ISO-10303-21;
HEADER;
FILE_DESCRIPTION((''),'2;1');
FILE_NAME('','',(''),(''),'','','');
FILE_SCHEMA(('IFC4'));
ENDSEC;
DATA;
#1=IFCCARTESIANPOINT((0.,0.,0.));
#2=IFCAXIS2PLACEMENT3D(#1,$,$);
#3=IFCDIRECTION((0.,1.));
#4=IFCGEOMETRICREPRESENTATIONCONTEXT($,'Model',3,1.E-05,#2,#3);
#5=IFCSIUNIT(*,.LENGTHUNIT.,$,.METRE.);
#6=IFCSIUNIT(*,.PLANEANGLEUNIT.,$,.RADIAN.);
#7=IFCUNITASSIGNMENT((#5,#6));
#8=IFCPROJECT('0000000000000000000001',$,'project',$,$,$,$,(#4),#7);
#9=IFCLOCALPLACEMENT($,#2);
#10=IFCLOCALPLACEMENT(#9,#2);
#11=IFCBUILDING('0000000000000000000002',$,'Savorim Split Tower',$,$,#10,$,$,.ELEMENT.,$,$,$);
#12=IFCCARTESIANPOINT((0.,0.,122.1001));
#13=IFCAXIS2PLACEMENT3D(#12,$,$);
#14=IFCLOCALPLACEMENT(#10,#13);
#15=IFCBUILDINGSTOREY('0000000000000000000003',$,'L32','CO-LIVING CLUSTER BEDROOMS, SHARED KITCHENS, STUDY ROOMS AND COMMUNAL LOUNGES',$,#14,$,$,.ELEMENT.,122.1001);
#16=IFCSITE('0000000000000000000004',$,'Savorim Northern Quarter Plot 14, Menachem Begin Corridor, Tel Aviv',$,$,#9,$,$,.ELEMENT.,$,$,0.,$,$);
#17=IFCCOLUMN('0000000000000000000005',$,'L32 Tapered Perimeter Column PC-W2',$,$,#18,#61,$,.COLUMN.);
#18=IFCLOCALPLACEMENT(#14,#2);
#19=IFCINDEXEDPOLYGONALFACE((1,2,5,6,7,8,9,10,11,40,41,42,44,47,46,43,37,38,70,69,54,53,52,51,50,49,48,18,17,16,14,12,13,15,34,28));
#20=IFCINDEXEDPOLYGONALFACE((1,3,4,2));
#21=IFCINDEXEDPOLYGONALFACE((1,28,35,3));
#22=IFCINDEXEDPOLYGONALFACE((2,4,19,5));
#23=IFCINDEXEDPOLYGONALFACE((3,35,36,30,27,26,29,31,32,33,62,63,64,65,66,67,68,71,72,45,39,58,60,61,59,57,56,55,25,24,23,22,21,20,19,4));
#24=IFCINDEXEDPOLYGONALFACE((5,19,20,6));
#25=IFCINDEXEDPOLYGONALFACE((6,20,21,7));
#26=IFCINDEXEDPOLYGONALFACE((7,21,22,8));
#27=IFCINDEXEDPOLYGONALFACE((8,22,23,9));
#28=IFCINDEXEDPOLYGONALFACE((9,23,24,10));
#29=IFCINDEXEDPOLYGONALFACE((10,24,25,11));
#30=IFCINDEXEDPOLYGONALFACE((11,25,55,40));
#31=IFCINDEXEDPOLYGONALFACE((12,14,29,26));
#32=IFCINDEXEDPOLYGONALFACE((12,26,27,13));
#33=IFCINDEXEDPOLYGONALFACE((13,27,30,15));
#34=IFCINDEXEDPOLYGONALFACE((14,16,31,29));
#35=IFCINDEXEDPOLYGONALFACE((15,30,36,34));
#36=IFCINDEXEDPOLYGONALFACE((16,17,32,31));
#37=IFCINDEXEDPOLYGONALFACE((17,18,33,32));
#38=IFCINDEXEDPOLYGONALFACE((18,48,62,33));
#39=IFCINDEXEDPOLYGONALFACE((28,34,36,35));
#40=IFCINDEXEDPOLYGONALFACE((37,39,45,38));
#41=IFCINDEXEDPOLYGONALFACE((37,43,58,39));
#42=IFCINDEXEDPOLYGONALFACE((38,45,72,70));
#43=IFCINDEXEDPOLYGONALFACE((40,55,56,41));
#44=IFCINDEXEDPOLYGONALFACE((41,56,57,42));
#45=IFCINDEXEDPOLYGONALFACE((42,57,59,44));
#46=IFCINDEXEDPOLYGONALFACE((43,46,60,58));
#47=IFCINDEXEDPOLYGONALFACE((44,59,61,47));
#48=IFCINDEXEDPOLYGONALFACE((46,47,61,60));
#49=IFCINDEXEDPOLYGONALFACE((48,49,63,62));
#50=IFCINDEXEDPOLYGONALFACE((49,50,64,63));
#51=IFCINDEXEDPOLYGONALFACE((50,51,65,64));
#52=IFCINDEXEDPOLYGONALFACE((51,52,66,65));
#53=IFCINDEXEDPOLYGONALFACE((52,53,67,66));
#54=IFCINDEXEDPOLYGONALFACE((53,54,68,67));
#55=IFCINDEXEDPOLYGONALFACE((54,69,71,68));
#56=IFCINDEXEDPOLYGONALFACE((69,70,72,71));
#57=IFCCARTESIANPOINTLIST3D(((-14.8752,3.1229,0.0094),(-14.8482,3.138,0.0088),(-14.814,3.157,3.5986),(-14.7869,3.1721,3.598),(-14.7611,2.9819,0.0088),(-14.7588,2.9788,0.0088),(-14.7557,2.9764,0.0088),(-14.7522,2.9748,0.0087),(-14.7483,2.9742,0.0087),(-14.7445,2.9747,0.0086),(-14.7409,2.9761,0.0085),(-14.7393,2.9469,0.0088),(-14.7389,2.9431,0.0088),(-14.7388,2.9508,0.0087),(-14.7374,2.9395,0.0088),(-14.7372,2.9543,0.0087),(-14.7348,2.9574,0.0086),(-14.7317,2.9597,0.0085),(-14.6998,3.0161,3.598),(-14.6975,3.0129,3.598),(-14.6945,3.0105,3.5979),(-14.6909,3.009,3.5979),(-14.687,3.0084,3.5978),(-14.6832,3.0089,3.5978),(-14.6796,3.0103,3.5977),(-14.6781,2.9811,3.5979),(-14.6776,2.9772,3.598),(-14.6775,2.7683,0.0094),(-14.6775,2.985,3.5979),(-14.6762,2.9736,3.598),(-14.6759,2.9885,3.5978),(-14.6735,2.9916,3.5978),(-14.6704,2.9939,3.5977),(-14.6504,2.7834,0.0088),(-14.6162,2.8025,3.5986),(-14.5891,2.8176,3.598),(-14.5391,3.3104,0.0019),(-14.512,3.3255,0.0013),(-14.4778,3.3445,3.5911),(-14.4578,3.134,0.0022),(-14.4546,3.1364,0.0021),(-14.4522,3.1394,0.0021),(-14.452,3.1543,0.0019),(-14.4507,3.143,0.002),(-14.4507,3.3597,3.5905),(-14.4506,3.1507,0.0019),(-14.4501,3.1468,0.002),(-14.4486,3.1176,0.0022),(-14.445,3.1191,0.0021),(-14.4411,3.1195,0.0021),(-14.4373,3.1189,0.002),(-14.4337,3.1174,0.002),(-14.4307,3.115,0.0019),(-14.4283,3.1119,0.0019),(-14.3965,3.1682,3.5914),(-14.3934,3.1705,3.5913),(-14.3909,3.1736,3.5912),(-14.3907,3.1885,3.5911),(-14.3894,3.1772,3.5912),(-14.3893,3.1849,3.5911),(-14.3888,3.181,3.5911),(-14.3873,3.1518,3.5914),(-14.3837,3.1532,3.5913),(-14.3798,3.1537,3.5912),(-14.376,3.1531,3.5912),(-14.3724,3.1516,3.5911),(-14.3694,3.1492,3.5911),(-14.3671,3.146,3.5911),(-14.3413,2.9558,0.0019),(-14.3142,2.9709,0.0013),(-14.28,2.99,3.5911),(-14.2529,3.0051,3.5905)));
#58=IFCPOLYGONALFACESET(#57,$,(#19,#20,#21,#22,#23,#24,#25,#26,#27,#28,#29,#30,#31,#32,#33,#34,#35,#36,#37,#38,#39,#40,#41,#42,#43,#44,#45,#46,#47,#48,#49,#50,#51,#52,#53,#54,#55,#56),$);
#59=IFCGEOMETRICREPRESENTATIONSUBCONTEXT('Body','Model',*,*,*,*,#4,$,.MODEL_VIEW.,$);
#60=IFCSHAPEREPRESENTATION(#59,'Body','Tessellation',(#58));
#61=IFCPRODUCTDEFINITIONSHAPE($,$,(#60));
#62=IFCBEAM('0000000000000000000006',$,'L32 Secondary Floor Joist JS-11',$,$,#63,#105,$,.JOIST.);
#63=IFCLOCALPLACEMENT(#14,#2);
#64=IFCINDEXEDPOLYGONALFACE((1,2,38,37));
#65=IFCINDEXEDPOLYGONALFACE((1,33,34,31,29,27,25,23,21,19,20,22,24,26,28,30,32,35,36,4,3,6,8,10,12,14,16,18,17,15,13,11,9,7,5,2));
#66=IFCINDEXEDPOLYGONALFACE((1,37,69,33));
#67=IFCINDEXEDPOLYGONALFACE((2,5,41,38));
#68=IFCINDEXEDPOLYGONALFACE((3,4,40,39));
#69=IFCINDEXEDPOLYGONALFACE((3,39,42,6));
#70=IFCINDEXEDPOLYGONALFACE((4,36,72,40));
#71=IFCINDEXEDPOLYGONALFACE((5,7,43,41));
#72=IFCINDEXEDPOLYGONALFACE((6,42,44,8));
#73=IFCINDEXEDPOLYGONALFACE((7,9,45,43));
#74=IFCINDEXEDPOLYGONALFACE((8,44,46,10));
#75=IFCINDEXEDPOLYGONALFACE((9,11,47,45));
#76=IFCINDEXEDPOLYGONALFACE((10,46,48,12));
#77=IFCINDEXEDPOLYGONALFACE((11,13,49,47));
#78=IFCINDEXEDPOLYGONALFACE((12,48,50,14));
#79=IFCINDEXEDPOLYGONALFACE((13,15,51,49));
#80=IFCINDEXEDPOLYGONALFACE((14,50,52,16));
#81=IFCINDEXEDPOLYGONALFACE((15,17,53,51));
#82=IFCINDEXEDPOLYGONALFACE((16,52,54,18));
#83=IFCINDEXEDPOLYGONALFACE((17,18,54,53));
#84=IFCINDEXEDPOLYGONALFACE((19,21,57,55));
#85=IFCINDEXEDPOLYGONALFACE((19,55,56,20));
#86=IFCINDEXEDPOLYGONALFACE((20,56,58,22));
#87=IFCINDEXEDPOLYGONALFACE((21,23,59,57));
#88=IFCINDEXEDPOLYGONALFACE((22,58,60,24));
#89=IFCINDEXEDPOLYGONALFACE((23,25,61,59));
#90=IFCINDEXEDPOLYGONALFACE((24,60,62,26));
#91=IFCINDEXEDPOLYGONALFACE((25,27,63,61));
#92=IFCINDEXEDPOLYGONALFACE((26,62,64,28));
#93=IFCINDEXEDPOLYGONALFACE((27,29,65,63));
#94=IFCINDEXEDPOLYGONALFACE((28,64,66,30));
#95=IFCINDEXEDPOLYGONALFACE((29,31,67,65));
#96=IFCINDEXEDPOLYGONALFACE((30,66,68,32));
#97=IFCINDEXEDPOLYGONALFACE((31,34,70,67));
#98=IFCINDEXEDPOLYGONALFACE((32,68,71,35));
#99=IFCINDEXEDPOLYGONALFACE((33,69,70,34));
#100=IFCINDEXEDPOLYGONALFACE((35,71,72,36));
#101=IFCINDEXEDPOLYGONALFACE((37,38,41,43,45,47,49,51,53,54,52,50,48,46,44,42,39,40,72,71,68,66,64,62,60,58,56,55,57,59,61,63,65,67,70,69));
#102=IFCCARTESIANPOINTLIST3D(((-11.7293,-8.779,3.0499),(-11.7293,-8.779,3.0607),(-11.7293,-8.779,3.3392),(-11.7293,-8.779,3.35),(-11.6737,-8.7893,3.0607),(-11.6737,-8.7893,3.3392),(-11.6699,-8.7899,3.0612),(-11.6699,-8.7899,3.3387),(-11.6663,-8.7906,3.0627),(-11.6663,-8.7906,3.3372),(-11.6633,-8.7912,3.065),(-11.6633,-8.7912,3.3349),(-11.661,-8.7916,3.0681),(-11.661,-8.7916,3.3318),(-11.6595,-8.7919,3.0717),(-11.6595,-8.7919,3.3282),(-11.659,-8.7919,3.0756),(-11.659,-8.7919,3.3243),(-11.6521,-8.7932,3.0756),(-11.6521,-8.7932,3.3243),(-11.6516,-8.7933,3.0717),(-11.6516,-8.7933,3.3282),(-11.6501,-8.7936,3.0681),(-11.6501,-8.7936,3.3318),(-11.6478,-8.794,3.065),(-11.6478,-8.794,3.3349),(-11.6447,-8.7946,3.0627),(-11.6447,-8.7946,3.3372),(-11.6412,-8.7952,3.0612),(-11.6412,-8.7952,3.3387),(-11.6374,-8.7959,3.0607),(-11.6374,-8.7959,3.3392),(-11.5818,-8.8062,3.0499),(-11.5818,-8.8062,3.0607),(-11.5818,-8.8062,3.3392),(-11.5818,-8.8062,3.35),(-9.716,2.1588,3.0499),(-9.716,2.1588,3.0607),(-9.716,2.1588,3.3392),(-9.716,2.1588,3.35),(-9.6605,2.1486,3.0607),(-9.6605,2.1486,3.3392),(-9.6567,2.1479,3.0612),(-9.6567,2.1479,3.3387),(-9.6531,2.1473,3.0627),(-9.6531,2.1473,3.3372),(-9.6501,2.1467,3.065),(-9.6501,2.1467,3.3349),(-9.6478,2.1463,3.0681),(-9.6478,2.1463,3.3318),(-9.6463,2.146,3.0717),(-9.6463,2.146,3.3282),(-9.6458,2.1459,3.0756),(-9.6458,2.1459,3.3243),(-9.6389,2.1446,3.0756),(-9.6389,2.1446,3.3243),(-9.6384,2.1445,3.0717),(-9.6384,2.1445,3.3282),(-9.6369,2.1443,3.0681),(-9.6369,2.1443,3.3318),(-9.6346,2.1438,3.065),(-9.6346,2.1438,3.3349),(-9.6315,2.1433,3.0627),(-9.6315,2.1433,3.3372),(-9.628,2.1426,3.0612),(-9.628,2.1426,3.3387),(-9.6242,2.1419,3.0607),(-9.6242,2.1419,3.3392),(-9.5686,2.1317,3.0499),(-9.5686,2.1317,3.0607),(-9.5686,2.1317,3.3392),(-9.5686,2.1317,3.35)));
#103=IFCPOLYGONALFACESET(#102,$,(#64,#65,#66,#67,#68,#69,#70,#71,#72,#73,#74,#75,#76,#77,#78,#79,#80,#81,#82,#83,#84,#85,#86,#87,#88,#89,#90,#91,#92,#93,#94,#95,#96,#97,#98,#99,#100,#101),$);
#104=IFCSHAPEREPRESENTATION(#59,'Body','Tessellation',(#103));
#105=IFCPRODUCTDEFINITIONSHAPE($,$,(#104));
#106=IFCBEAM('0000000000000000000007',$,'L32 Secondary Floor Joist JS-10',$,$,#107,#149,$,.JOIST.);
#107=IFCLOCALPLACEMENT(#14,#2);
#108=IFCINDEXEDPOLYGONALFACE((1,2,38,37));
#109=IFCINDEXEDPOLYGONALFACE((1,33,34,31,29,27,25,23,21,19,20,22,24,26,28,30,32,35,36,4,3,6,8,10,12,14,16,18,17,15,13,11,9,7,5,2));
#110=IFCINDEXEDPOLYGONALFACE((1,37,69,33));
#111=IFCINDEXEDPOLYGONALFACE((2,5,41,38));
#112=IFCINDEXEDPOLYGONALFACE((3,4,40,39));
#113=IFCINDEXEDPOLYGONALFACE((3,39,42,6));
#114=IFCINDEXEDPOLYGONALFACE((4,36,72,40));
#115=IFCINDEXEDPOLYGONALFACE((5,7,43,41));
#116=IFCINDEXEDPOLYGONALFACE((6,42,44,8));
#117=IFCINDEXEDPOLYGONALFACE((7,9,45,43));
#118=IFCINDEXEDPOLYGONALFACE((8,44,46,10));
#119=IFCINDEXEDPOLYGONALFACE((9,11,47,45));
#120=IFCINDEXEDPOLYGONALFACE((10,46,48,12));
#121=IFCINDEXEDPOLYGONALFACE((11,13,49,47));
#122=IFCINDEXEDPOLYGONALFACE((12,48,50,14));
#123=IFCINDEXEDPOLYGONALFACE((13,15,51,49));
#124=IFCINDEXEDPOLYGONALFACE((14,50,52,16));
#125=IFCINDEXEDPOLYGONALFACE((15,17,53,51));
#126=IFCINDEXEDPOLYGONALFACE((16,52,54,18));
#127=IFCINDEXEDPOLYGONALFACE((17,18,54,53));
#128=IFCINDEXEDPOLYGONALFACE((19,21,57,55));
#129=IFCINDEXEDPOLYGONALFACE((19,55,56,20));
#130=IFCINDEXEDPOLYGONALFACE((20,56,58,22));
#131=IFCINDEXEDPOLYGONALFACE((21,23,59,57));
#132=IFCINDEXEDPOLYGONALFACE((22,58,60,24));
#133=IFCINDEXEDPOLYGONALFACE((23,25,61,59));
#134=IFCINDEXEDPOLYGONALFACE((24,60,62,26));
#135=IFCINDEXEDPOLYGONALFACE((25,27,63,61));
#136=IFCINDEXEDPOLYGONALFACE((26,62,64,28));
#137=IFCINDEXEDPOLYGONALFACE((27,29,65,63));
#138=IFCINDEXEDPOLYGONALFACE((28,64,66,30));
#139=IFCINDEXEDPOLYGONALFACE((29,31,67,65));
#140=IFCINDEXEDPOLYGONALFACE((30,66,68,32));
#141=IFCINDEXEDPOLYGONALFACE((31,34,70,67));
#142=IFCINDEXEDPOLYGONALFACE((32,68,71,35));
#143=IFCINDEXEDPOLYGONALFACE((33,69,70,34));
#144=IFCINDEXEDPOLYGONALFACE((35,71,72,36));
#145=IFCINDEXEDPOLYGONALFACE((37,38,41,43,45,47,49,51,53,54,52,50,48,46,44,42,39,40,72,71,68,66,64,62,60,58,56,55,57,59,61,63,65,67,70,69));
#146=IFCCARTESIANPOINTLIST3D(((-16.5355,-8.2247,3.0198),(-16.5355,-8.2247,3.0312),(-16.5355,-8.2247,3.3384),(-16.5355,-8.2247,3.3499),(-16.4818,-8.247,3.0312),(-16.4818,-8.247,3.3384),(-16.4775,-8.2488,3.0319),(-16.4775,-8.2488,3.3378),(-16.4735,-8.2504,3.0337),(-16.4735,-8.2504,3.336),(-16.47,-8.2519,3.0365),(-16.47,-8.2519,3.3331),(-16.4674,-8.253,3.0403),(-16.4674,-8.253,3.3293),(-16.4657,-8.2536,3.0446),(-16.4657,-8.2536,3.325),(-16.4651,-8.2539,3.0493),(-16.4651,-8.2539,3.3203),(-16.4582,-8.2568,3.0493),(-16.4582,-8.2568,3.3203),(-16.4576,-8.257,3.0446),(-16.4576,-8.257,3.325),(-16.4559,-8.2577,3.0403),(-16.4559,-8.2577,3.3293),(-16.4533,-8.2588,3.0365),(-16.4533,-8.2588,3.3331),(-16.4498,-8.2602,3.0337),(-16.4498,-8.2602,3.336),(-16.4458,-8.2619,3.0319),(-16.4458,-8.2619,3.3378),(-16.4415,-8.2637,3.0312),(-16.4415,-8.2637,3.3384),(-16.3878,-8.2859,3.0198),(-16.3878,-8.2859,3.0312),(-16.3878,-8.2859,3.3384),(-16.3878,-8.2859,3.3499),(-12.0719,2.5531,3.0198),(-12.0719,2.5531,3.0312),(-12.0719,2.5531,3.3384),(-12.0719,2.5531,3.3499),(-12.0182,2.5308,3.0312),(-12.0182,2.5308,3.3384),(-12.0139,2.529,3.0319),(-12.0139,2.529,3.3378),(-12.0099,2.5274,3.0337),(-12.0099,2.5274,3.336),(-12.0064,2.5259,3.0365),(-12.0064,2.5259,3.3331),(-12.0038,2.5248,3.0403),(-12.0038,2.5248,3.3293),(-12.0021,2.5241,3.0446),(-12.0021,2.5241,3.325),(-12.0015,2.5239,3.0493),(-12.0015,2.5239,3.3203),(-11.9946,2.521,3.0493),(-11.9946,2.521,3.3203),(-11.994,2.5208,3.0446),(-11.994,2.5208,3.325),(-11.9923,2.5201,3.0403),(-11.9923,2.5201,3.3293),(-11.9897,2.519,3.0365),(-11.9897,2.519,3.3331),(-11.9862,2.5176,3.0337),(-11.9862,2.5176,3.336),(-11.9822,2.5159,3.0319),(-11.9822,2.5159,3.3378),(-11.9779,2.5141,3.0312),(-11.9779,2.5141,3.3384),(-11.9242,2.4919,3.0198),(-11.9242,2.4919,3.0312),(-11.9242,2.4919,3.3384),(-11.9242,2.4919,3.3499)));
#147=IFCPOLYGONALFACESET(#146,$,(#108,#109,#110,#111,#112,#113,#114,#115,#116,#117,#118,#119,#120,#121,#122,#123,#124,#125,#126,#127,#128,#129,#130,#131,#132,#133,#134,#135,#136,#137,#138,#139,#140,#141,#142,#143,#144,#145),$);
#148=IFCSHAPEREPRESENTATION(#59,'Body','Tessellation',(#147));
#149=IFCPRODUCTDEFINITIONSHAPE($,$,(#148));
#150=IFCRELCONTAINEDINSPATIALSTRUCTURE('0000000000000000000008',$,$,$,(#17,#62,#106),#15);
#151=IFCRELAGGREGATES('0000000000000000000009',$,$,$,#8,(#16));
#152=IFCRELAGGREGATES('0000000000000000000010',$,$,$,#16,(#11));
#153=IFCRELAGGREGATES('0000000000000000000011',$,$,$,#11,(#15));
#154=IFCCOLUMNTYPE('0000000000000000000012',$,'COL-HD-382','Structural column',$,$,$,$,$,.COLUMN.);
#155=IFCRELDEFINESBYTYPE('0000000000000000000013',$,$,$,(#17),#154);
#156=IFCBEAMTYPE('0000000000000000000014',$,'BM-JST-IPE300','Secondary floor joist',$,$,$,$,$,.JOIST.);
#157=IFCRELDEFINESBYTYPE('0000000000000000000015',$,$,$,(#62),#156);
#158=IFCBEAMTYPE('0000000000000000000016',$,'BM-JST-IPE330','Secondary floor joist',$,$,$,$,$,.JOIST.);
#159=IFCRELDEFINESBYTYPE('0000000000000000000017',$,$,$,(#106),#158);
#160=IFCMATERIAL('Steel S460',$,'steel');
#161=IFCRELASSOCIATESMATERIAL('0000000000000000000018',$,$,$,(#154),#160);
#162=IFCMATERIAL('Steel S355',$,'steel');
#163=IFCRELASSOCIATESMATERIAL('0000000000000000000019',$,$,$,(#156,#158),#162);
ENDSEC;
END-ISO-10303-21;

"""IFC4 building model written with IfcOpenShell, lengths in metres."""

from ifc_helpers import new_model, si_unit, direction, frame, origin, origin_2d, place, context, subcontext, project, spatial, i_section, extrude, material, material_profile, profile_set, type_object, element, save


model = new_model("IFC4")

# Units and contexts
model_context = context("Model", 3, precision=1e-05, world=origin(), true_north=direction((0.0, 1.0)))
body_context = subcontext(model_context, "Body", "Model", "MODEL_VIEW")
ifc_project = project(units=[si_unit("LENGTHUNIT", "METRE"), si_unit("PLANEANGLEUNIT", "RADIAN")], contexts=[model_context])

# Site, building, storey
site_placement = place(None, origin())
site = spatial("IfcSite", under=ifc_project, at=site_placement, Name="Savorim Northern Quarter Plot 14, Menachem Begin Corridor, Tel Aviv", CompositionType="ELEMENT", RefElevation=0.0)
building_placement = place(site_placement, origin())
building = spatial("IfcBuilding", under=site, at=building_placement, Name="Savorim Split Tower", CompositionType="ELEMENT")
storey_placement = place(building_placement, frame((0.0, 0.0, 122.1001)))
storey = spatial("IfcBuildingStorey", under=building, at=storey_placement, Name="L32", Description="CO-LIVING CLUSTER BEDROOMS, SHARED KITCHENS, STUDY ROOMS AND COMMUNAL LOUNGES", CompositionType="ELEMENT", Elevation=122.1001)

# Column
ifc_material_1 = material(Name="Steel S460", Category="steel")
ifc_material_profile_1 = material_profile(ifc_material_1, i_section(OverallWidth=0.406, OverallDepth=0.416, WebThickness=0.0188, FlangeThickness=0.031, FilletRadius=0.0149, at=origin_2d()), Name="HD 400x382")
ifc_profile_set_1 = profile_set([ifc_material_profile_1], Name="Steel S460")
column_type = type_object("IfcColumnType", Name="COL-HD-382", Description="Structural column", PredefinedType="COLUMN", material=ifc_profile_set_1)
column_placement = place(storey_placement, frame((-14.5947, 3.0469, 0.0054), z_axis=(0.01707, 0.009521, 0.999809), x_axis=(-0.487119, 0.873335, 0.0)))
element("IfcColumn", 1, at=column_placement, inside=storey, type_object=column_type, Name="L32 Tapered Perimeter Column PC-W2", PredefinedType="COLUMN", context=body_context, shape_type="SweptSolid", body=[
    extrude(i_section(OverallWidth=0.406, OverallDepth=0.416, WebThickness=0.0188, FlangeThickness=0.031, FilletRadius=0.0149, at=origin_2d()), origin(), (0.0, 0.0, 1.0), 3.5898),
])

# Beams
ifc_material_2 = material(Name="Steel S355", Category="steel")
ifc_material_profile_2 = material_profile(ifc_material_2, i_section(OverallWidth=0.1499, OverallDepth=0.3, WebThickness=0.0071, FlangeThickness=0.0107, FilletRadius=0.0149, at=origin_2d()), Name="IPE 300")
ifc_profile_set_2 = profile_set([ifc_material_profile_2], Name="Steel S355")
beam_type_1 = type_object("IfcBeamType", Name="BM-JST-IPE300", Description="Secondary floor joist", PredefinedType="JOIST", material=ifc_profile_set_2)
beam_1_placement = place(storey_placement, frame((-9.6423, 2.1453, 3.2), z_axis=(-0.181018, -0.98348, 0.0), x_axis=(0.98348, -0.181018, 0.0)))
element("IfcBeam", 2, at=beam_1_placement, inside=storey, type_object=beam_type_1, Name="L32 Secondary Floor Joist JS-11", PredefinedType="JOIST", context=body_context, shape_type="SweptSolid", body=[
    extrude(i_section(OverallWidth=0.1499, OverallDepth=0.3, WebThickness=0.0071, FlangeThickness=0.0107, FilletRadius=0.0149, at=origin_2d()), origin(), (0.0, 0.0, 1.0), 11.1216),
])
ifc_material_profile_3 = material_profile(ifc_material_2, i_section(OverallWidth=0.1599, OverallDepth=0.3301, WebThickness=0.0076, FlangeThickness=0.0115, FilletRadius=0.0181, at=origin_2d()), Name="IPE 330")
ifc_profile_set_3 = profile_set([ifc_material_profile_3], Name="Steel S355")
beam_type_2 = type_object("IfcBeamType", Name="BM-JST-IPE330", Description="Secondary floor joist", PredefinedType="JOIST", material=ifc_profile_set_3)
beam_2_placement = place(storey_placement, frame((-11.998, 2.5225, 3.1848), z_axis=(-0.382632, -0.923901, 0.0), x_axis=(0.923901, -0.382632, 0.0)))
element("IfcBeam", 3, at=beam_2_placement, inside=storey, type_object=beam_type_2, Name="L32 Secondary Floor Joist JS-10", PredefinedType="JOIST", context=body_context, shape_type="SweptSolid", body=[
    extrude(i_section(OverallWidth=0.1599, OverallDepth=0.3301, WebThickness=0.0076, FlangeThickness=0.0115, FilletRadius=0.0181, at=origin_2d()), origin(), (0.0, 0.0, 1.0), 11.6655),
])

save(model, "model.ifc")
